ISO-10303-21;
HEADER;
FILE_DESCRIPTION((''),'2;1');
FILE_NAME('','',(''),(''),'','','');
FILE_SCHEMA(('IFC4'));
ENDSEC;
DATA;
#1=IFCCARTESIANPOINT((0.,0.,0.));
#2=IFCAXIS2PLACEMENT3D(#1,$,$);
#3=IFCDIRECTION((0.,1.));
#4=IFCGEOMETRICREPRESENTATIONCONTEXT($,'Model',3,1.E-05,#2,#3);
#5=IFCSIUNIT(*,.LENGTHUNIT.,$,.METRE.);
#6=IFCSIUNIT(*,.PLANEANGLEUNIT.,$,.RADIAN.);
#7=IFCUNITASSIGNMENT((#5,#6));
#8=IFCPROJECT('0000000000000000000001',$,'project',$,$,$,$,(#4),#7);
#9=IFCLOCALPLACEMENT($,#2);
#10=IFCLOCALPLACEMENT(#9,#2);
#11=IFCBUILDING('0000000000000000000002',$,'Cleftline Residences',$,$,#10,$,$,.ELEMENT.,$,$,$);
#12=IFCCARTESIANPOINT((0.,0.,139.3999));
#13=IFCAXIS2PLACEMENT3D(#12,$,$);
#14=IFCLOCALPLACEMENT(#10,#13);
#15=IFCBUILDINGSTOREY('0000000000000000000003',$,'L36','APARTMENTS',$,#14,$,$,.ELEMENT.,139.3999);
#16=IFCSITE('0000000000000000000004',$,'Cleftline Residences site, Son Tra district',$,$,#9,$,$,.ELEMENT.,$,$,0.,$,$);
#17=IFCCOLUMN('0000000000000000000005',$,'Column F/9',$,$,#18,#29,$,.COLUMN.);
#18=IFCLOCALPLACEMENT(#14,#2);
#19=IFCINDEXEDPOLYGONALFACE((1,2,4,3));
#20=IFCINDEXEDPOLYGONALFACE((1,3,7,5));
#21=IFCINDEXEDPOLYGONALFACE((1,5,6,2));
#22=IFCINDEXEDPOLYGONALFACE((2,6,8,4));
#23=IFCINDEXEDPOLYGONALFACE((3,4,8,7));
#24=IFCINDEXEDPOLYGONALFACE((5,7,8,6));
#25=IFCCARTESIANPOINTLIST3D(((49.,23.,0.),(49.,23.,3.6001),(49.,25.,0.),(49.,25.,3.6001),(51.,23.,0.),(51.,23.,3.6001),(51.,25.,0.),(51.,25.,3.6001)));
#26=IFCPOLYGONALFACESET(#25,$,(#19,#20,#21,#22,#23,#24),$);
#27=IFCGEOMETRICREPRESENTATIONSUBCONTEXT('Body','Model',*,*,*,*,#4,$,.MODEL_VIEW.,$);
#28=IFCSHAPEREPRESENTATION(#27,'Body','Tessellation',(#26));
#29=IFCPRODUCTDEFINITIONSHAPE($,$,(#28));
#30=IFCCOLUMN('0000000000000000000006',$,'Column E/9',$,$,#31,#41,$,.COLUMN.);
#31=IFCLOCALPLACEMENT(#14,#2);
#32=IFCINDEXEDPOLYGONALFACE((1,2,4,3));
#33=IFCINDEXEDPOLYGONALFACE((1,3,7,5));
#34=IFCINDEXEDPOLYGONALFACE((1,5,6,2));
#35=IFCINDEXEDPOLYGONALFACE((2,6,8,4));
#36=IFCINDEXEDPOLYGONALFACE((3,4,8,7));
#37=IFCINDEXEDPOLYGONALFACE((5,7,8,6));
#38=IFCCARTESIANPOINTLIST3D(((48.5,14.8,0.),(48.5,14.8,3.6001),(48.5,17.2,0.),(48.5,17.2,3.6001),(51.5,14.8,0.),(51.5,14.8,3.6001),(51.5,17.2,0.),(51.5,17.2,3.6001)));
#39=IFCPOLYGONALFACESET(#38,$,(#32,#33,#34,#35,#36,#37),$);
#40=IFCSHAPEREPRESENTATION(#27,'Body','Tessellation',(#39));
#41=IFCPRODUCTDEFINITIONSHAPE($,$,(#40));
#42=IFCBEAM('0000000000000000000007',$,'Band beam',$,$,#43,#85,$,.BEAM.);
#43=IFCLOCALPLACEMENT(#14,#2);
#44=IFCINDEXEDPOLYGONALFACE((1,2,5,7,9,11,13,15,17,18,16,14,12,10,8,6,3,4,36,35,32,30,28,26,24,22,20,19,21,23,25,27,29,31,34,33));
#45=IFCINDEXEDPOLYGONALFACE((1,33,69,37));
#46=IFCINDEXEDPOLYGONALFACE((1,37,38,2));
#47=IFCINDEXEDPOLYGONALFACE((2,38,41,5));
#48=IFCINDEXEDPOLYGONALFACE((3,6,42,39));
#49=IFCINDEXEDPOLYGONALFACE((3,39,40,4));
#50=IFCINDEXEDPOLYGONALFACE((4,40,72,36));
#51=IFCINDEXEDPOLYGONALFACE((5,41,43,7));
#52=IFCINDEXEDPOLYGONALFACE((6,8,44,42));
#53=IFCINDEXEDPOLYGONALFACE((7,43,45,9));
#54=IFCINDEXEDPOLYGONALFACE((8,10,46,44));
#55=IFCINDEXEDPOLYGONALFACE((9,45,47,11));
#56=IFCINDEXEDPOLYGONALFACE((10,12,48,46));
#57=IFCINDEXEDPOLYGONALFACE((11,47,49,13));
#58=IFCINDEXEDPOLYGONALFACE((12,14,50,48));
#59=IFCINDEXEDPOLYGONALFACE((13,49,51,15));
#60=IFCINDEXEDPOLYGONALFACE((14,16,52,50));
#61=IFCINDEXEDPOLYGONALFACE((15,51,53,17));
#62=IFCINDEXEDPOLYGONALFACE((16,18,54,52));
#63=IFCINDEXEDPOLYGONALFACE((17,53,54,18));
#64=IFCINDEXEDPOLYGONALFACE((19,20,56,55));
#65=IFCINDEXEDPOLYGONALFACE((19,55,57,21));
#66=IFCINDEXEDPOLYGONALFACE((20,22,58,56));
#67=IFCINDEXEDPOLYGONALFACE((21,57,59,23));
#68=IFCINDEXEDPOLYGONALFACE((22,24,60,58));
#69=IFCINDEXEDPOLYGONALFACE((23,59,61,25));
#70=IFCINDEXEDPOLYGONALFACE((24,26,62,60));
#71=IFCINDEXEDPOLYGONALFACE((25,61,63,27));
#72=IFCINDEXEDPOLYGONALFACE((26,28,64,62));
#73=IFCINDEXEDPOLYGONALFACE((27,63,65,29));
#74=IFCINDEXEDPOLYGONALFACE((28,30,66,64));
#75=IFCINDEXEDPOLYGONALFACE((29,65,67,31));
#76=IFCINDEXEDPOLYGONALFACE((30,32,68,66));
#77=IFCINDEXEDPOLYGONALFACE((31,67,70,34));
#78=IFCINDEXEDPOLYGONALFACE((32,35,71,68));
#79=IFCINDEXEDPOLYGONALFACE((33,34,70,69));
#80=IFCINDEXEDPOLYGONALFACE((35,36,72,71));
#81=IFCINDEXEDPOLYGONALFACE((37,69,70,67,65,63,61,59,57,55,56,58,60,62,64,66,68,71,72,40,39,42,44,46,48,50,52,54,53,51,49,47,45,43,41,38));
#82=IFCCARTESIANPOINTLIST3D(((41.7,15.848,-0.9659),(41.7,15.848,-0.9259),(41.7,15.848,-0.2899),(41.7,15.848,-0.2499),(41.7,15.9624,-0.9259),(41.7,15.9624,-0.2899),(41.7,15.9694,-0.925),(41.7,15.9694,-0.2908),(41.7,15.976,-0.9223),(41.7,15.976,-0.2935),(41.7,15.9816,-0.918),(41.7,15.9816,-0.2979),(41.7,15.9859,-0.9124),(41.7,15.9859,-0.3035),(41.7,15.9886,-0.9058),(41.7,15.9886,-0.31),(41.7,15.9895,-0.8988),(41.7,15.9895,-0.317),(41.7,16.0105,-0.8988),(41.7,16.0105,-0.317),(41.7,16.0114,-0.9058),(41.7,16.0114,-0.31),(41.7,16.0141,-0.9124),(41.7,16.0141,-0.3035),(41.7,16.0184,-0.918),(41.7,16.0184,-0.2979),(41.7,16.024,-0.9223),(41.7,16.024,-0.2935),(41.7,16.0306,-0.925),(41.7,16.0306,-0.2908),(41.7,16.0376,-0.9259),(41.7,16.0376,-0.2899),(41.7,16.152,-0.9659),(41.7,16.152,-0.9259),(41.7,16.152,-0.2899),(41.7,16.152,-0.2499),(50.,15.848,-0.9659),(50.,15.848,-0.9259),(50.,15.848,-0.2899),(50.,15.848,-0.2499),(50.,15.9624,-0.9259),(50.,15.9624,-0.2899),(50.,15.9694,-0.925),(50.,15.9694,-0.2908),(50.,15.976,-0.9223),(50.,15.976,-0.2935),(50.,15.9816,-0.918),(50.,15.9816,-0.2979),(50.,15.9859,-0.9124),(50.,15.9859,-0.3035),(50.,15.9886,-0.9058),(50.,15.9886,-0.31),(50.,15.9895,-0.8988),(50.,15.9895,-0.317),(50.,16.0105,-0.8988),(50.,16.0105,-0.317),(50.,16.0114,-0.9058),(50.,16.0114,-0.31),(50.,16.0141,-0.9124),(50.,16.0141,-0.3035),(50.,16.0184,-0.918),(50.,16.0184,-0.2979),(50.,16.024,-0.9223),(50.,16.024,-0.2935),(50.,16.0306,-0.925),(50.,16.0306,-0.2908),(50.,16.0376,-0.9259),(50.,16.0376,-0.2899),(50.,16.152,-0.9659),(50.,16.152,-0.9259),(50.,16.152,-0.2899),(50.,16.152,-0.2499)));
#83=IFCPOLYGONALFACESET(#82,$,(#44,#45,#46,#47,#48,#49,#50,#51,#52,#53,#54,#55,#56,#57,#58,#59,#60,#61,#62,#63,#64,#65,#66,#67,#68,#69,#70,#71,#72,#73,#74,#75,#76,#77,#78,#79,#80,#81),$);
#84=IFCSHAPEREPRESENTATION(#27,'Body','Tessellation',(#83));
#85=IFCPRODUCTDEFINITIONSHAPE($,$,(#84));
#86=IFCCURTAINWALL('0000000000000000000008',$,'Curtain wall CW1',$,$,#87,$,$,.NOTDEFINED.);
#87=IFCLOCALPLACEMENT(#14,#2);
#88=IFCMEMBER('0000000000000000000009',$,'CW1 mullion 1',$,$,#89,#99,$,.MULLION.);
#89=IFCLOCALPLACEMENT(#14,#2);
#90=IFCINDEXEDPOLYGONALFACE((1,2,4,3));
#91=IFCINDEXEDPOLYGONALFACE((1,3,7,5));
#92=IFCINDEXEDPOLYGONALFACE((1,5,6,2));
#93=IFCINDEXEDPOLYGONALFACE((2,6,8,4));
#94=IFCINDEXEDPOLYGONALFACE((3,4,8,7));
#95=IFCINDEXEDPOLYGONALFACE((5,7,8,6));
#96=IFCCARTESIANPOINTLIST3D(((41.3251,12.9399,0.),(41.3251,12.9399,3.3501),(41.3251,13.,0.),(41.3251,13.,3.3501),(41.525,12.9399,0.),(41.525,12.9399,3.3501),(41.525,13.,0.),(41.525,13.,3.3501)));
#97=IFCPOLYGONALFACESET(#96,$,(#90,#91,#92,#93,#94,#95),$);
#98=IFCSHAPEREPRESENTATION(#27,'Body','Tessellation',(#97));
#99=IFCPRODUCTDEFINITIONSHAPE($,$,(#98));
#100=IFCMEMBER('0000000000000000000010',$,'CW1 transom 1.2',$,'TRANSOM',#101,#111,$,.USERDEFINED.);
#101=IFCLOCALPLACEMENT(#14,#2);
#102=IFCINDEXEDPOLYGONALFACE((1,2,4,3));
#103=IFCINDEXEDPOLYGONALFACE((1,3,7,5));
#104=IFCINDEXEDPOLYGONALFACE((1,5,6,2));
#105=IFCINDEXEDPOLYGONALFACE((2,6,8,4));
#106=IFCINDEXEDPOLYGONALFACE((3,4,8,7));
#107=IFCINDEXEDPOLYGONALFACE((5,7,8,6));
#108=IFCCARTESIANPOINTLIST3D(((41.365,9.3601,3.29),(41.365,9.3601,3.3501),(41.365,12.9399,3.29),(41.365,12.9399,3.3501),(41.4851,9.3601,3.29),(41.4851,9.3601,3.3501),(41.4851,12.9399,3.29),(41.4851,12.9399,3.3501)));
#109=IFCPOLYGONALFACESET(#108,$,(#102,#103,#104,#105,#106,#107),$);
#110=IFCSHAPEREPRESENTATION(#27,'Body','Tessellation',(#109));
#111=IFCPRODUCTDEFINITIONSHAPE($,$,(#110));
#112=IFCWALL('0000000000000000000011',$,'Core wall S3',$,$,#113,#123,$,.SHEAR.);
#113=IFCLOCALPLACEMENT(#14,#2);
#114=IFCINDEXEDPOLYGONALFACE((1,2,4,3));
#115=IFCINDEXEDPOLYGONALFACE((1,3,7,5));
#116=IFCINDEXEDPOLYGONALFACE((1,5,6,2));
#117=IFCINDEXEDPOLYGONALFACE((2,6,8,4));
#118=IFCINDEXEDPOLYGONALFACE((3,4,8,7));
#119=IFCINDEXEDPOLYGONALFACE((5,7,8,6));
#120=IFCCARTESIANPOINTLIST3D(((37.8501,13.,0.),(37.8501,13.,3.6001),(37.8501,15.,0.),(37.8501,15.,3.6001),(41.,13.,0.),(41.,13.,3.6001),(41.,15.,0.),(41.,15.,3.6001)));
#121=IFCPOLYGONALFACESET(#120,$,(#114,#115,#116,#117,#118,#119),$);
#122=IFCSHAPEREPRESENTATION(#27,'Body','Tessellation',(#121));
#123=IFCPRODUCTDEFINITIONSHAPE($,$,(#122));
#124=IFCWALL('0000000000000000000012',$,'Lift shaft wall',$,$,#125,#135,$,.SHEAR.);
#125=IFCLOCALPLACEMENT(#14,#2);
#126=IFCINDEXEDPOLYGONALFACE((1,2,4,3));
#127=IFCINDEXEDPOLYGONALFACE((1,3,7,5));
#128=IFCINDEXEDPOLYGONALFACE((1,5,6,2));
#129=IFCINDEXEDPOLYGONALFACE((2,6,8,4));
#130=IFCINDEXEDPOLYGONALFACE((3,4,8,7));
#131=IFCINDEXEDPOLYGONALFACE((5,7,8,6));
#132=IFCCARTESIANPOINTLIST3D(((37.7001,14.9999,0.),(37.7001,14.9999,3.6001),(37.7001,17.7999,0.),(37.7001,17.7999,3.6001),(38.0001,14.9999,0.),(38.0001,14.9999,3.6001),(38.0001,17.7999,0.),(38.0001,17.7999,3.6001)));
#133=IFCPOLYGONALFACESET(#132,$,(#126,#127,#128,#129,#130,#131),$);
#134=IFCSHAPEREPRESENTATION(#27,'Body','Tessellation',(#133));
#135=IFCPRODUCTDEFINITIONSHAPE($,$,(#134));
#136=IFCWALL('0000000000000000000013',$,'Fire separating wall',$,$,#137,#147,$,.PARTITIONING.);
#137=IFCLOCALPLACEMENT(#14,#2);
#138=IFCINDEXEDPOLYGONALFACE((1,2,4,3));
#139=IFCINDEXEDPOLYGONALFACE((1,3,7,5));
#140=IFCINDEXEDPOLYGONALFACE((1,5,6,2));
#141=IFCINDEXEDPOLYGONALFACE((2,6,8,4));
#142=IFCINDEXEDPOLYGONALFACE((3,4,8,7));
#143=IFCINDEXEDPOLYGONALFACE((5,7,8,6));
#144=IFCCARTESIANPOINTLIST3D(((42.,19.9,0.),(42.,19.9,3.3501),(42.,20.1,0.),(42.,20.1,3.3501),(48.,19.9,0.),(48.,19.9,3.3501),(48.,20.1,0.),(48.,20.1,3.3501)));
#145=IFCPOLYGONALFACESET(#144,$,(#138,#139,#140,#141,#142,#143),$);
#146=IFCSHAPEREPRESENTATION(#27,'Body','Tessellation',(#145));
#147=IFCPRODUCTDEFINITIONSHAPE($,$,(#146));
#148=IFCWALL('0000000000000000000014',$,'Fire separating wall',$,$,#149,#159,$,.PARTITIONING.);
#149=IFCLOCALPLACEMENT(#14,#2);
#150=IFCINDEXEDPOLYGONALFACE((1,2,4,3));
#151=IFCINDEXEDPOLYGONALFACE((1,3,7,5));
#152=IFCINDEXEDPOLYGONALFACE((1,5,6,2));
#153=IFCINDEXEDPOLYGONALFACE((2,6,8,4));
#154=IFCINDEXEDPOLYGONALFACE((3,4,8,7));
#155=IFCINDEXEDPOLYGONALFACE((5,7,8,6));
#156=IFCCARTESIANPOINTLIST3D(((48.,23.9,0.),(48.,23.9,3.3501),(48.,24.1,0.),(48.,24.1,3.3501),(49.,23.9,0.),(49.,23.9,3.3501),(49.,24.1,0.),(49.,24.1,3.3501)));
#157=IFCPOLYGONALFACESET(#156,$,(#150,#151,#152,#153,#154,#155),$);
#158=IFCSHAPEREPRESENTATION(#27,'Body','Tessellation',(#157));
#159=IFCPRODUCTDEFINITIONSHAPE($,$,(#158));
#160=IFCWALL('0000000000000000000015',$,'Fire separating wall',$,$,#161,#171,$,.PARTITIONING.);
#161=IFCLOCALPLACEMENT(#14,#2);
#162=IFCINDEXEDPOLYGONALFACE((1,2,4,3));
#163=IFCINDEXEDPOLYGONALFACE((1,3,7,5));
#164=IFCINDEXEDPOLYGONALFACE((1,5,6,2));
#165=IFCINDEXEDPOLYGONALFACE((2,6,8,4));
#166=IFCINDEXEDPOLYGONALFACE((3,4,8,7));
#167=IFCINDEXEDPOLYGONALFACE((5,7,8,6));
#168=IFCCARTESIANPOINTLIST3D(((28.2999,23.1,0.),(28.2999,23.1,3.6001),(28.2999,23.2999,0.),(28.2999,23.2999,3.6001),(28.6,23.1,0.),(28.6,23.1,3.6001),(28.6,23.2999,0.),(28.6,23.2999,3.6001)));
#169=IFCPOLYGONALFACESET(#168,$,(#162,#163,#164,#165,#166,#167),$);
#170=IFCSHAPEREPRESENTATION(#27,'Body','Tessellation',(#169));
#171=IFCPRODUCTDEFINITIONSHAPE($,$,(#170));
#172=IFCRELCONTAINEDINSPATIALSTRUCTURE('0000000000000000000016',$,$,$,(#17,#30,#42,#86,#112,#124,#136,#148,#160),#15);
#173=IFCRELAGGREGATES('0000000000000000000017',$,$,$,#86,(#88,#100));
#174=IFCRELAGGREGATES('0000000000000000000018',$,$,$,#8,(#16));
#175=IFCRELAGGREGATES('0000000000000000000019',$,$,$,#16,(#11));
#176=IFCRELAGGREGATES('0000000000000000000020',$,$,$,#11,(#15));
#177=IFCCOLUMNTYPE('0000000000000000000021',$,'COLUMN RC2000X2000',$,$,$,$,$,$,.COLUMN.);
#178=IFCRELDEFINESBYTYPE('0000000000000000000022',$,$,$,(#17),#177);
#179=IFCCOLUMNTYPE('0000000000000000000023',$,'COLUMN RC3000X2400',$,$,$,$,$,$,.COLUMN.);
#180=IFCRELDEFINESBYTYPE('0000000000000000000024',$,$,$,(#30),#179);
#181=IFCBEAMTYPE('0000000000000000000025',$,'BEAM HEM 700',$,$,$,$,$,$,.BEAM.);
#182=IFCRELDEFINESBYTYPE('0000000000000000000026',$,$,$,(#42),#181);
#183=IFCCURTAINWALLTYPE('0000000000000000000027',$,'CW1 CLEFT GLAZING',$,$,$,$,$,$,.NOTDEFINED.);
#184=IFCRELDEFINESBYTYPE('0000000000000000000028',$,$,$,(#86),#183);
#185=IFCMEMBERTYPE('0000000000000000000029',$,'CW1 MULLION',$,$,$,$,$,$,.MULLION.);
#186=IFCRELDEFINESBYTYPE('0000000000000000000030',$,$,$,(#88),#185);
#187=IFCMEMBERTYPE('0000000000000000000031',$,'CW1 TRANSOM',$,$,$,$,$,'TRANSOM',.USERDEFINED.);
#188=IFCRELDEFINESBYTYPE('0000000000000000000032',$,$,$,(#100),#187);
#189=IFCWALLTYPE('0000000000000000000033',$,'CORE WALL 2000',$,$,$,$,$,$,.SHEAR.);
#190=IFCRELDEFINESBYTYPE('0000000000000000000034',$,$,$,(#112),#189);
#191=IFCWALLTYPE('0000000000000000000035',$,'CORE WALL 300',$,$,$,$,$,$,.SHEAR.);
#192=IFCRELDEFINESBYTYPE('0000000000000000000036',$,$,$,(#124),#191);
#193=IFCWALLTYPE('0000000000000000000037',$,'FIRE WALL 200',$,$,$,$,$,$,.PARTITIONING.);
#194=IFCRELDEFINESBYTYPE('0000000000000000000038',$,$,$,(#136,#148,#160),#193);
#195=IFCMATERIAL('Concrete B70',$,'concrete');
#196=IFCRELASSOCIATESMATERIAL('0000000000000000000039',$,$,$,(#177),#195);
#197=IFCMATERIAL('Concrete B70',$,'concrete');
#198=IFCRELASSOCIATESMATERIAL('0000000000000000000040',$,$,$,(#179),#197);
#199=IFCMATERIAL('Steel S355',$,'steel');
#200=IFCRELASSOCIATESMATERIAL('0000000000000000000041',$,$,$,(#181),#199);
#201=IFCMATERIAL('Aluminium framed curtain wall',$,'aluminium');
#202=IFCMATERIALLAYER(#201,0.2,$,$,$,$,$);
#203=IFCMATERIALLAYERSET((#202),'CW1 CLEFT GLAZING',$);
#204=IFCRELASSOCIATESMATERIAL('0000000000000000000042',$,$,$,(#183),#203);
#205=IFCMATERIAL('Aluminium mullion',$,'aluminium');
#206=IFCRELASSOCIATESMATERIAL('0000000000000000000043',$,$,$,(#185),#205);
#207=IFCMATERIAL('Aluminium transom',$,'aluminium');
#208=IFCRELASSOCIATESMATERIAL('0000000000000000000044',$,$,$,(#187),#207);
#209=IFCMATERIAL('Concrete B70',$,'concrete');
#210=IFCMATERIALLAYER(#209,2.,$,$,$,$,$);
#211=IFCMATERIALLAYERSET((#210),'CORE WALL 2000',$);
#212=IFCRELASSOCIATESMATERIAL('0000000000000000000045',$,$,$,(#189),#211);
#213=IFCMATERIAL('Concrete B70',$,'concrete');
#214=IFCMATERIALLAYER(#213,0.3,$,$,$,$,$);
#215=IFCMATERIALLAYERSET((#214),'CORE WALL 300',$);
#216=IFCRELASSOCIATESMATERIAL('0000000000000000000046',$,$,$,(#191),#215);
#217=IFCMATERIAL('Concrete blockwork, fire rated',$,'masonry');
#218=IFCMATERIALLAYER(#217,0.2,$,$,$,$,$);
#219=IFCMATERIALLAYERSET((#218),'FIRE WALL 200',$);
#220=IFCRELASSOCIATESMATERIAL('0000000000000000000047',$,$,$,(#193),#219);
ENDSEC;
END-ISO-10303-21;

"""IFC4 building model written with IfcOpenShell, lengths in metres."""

from ifc_helpers import new_model, si_unit, direction, frame, frame_2d, origin, origin_2d, place, context, subcontext, project, spatial, rectangle, i_section, extrude, material, layer, layer_set, material_profile, profile_set, type_object, element, aggregate, save


model = new_model("IFC4")

# Units and contexts
model_context = context("Model", 3, precision=1e-05, world=origin(), true_north=direction((0.0, 1.0)))
body_context = subcontext(model_context, "Body", "Model", "MODEL_VIEW")
ifc_project = project(units=[si_unit("LENGTHUNIT", "METRE"), si_unit("PLANEANGLEUNIT", "RADIAN")], contexts=[model_context])

# Site, building, storey
site_placement = place(None, origin())
site = spatial("IfcSite", under=ifc_project, at=site_placement, Name="Cleftline Residences site, Son Tra district", CompositionType="ELEMENT", RefElevation=0.0)
building_placement = place(site_placement, origin())
building = spatial("IfcBuilding", under=site, at=building_placement, Name="Cleftline Residences", CompositionType="ELEMENT")
storey_placement = place(building_placement, frame((0.0, 0.0, 139.3999)))
storey = spatial("IfcBuildingStorey", under=building, at=storey_placement, Name="L36", Description="APARTMENTS", CompositionType="ELEMENT", Elevation=139.3999)

# Columns
ifc_material_1 = material(Name="Concrete B70", Category="concrete")
ifc_material_profile_1 = material_profile(ifc_material_1, rectangle(XDim=2.0, YDim=2.0, at=origin_2d()))
ifc_profile_set_1 = profile_set([ifc_material_profile_1], Name="Concrete B70")
column_type_1 = type_object("IfcColumnType", Name="COLUMN RC2000X2000", PredefinedType="COLUMN", material=ifc_profile_set_1)
column_1_placement = place(storey_placement, frame((50.0, 24.0, 0.0), z_axis=(0.0, 0.0, 1.0), x_axis=(1.0, 0.0, 0.0)))
element("IfcColumn", 1, at=column_1_placement, inside=storey, type_object=column_type_1, Name="Column F/9", PredefinedType="COLUMN", context=body_context, shape_type="SweptSolid", body=[
    extrude(rectangle(XDim=2.0, YDim=2.0, at=origin_2d()), origin(), (0.0, 0.0, 1.0), 3.6001),
])
ifc_material_2 = material(Name="Concrete B70", Category="concrete")
ifc_material_profile_2 = material_profile(ifc_material_2, rectangle(XDim=3.0, YDim=2.3999, at=origin_2d()))
ifc_profile_set_2 = profile_set([ifc_material_profile_2], Name="Concrete B70")
column_type_2 = type_object("IfcColumnType", Name="COLUMN RC3000X2400", PredefinedType="COLUMN", material=ifc_profile_set_2)
column_2_placement = place(storey_placement, frame((50.0, 16.0, 0.0), z_axis=(0.0, 0.0, 1.0), x_axis=(1.0, 0.0, 0.0)))
element("IfcColumn", 2, at=column_2_placement, inside=storey, type_object=column_type_2, Name="Column E/9", PredefinedType="COLUMN", context=body_context, shape_type="SweptSolid", body=[
    extrude(rectangle(XDim=3.0, YDim=2.3999, at=origin_2d()), origin(), (0.0, 0.0, 1.0), 3.6001),
])

# Beam
ifc_material_3 = material(Name="Steel S355", Category="steel")
ifc_material_profile_3 = material_profile(ifc_material_3, i_section(OverallWidth=0.304, OverallDepth=0.7161, WebThickness=0.021, FlangeThickness=0.04, FilletRadius=0.0271, at=origin_2d()))
ifc_profile_set_3 = profile_set([ifc_material_profile_3], Name="Steel S355")
beam_type = type_object("IfcBeamType", Name="BEAM HEM 700", PredefinedType="BEAM", material=ifc_profile_set_3)
beam_placement = place(storey_placement, frame((50.0, 16.0, -0.6079), z_axis=(-1.0, 0.0, 0.0), x_axis=(0.0, -1.0, 0.0)))
element("IfcBeam", 3, at=beam_placement, inside=storey, type_object=beam_type, Name="Band beam", PredefinedType="BEAM", context=body_context, shape_type="SweptSolid", body=[
    extrude(i_section(OverallWidth=0.304, OverallDepth=0.7161, WebThickness=0.021, FlangeThickness=0.04, FilletRadius=0.0271, at=origin_2d()), origin(), (0.0, 0.0, 1.0), 8.3),
])

# Curtain wall, members
ifc_material_4 = material(Name="Aluminium framed curtain wall", Category="aluminium")
ifc_layer_1 = layer(ifc_material_4, 0.2)
ifc_layer_set_1 = layer_set([ifc_layer_1], Name="CW1 CLEFT GLAZING")
curtain_wall_type = type_object("IfcCurtainWallType", Name="CW1 CLEFT GLAZING", PredefinedType="NOTDEFINED", material=ifc_layer_set_1)
curtain_wall_placement = place(storey_placement, origin())
curtain_wall = element("IfcCurtainWall", 4, at=curtain_wall_placement, inside=storey, type_object=curtain_wall_type, Name="Curtain wall CW1", PredefinedType="NOTDEFINED")
ifc_material_5 = material(Name="Aluminium mullion", Category="aluminium")
ifc_material_profile_4 = material_profile(ifc_material_5, rectangle(XDim=0.2, YDim=0.0601, at=origin_2d()))
ifc_profile_set_4 = profile_set([ifc_material_profile_4], Name="Aluminium mullion")
member_type_1 = type_object("IfcMemberType", Name="CW1 MULLION", PredefinedType="MULLION", material=ifc_profile_set_4)
member_1_placement = place(storey_placement, frame((41.425, 12.97, 0.0), z_axis=(0.0, 0.0, 1.0), x_axis=(1.0, 0.0, 0.0)))
member_1 = element("IfcMember", 5, at=member_1_placement, type_object=member_type_1, Name="CW1 mullion 1", PredefinedType="MULLION", context=body_context, shape_type="SweptSolid", body=[
    extrude(rectangle(XDim=0.2, YDim=0.0601, at=origin_2d()), origin(), (0.0, 0.0, 1.0), 3.3501),
])
ifc_material_6 = material(Name="Aluminium transom", Category="aluminium")
ifc_material_profile_5 = material_profile(ifc_material_6, rectangle(XDim=0.1201, YDim=0.0601, at=origin_2d()))
ifc_profile_set_5 = profile_set([ifc_material_profile_5], Name="Aluminium transom")
member_type_2 = type_object("IfcMemberType", Name="CW1 TRANSOM", ElementType="TRANSOM", PredefinedType="USERDEFINED", material=ifc_profile_set_5)
member_2_placement = place(storey_placement, frame((41.425, 12.9399, 3.3201), z_axis=(0.0, -1.0, 0.0), x_axis=(1.0, 0.0, 0.0)))
member_2 = element("IfcMember", 6, at=member_2_placement, type_object=member_type_2, Name="CW1 transom 1.2", ObjectType="TRANSOM", PredefinedType="USERDEFINED", context=body_context, shape_type="SweptSolid", body=[
    extrude(rectangle(XDim=0.1201, YDim=0.0601, at=origin_2d()), origin(), (0.0, 0.0, 1.0), 3.5798),
])
aggregate(curtain_wall, [member_1, member_2])

# Walls
ifc_material_7 = material(Name="Concrete B70", Category="concrete")
ifc_layer_2 = layer(ifc_material_7, 2.0)
ifc_layer_set_2 = layer_set([ifc_layer_2], Name="CORE WALL 2000")
wall_type_1 = type_object("IfcWallType", Name="CORE WALL 2000", PredefinedType="SHEAR", material=ifc_layer_set_2)
wall_1_placement = place(storey_placement, frame((37.8501, 14.0, 0.0), z_axis=(0.0, 0.0, 1.0), x_axis=(1.0, 0.0, 0.0)))
element("IfcWall", 7, at=wall_1_placement, inside=storey, type_object=wall_type_1, Name="Core wall S3", PredefinedType="SHEAR", context=body_context, shape_type="SweptSolid", body=[
    extrude(rectangle(XDim=3.1499, YDim=2.0, at=frame_2d((1.575, 0.0))), origin(), (0.0, 0.0, 1.0), 3.6001),
])
ifc_material_8 = material(Name="Concrete B70", Category="concrete")
ifc_layer_3 = layer(ifc_material_8, 0.3)
ifc_layer_set_3 = layer_set([ifc_layer_3], Name="CORE WALL 300")
wall_type_2 = type_object("IfcWallType", Name="CORE WALL 300", PredefinedType="SHEAR", material=ifc_layer_set_3)
wall_2_placement = place(storey_placement, frame((37.8501, 15.0, 0.0), z_axis=(0.0, 0.0, 1.0), x_axis=(0.0, 1.0, 0.0)))
element("IfcWall", 8, at=wall_2_placement, inside=storey, type_object=wall_type_2, Name="Lift shaft wall", PredefinedType="SHEAR", context=body_context, shape_type="SweptSolid", body=[
    extrude(rectangle(XDim=2.8, YDim=0.3, at=frame_2d((1.3999, 0.0))), origin(), (0.0, 0.0, 1.0), 3.6001),
])
ifc_material_9 = material(Name="Concrete blockwork, fire rated", Category="masonry")
ifc_layer_4 = layer(ifc_material_9, 0.2)
ifc_layer_set_4 = layer_set([ifc_layer_4], Name="FIRE WALL 200")
wall_type_3 = type_object("IfcWallType", Name="FIRE WALL 200", PredefinedType="PARTITIONING", material=ifc_layer_set_4)
wall_3_placement = place(storey_placement, frame((42.0, 20.0, 0.0), z_axis=(0.0, 0.0, 1.0), x_axis=(1.0, 0.0, 0.0)))
element("IfcWall", 9, at=wall_3_placement, inside=storey, type_object=wall_type_3, Name="Fire separating wall", PredefinedType="PARTITIONING", context=body_context, shape_type="SweptSolid", body=[
    extrude(rectangle(XDim=6.0, YDim=0.2, at=frame_2d((3.0, 0.0))), origin(), (0.0, 0.0, 1.0), 3.3501),
])
wall_4_placement = place(storey_placement, frame((48.0, 24.0, 0.0), z_axis=(0.0, 0.0, 1.0), x_axis=(1.0, 0.0, 0.0)))
element("IfcWall", 10, at=wall_4_placement, inside=storey, type_object=wall_type_3, Name="Fire separating wall", PredefinedType="PARTITIONING", context=body_context, shape_type="SweptSolid", body=[
    extrude(rectangle(XDim=1.0, YDim=0.2, at=frame_2d((0.5, 0.0))), origin(), (0.0, 0.0, 1.0), 3.3501),
])

# Wall
wall_5_placement = place(storey_placement, frame((28.3, 23.2, 0.0), z_axis=(0.0, 0.0, 1.0), x_axis=(1.0, 0.0, 0.0)))
element("IfcWall", 11, at=wall_5_placement, inside=storey, type_object=wall_type_3, Name="Fire separating wall", PredefinedType="PARTITIONING", context=body_context, shape_type="SweptSolid", body=[
    extrude(rectangle(XDim=0.3, YDim=0.2, at=frame_2d((0.1499, 0.0))), origin(), (0.0, 0.0, 1.0), 3.6001),
])

save(model, "model.ifc")
